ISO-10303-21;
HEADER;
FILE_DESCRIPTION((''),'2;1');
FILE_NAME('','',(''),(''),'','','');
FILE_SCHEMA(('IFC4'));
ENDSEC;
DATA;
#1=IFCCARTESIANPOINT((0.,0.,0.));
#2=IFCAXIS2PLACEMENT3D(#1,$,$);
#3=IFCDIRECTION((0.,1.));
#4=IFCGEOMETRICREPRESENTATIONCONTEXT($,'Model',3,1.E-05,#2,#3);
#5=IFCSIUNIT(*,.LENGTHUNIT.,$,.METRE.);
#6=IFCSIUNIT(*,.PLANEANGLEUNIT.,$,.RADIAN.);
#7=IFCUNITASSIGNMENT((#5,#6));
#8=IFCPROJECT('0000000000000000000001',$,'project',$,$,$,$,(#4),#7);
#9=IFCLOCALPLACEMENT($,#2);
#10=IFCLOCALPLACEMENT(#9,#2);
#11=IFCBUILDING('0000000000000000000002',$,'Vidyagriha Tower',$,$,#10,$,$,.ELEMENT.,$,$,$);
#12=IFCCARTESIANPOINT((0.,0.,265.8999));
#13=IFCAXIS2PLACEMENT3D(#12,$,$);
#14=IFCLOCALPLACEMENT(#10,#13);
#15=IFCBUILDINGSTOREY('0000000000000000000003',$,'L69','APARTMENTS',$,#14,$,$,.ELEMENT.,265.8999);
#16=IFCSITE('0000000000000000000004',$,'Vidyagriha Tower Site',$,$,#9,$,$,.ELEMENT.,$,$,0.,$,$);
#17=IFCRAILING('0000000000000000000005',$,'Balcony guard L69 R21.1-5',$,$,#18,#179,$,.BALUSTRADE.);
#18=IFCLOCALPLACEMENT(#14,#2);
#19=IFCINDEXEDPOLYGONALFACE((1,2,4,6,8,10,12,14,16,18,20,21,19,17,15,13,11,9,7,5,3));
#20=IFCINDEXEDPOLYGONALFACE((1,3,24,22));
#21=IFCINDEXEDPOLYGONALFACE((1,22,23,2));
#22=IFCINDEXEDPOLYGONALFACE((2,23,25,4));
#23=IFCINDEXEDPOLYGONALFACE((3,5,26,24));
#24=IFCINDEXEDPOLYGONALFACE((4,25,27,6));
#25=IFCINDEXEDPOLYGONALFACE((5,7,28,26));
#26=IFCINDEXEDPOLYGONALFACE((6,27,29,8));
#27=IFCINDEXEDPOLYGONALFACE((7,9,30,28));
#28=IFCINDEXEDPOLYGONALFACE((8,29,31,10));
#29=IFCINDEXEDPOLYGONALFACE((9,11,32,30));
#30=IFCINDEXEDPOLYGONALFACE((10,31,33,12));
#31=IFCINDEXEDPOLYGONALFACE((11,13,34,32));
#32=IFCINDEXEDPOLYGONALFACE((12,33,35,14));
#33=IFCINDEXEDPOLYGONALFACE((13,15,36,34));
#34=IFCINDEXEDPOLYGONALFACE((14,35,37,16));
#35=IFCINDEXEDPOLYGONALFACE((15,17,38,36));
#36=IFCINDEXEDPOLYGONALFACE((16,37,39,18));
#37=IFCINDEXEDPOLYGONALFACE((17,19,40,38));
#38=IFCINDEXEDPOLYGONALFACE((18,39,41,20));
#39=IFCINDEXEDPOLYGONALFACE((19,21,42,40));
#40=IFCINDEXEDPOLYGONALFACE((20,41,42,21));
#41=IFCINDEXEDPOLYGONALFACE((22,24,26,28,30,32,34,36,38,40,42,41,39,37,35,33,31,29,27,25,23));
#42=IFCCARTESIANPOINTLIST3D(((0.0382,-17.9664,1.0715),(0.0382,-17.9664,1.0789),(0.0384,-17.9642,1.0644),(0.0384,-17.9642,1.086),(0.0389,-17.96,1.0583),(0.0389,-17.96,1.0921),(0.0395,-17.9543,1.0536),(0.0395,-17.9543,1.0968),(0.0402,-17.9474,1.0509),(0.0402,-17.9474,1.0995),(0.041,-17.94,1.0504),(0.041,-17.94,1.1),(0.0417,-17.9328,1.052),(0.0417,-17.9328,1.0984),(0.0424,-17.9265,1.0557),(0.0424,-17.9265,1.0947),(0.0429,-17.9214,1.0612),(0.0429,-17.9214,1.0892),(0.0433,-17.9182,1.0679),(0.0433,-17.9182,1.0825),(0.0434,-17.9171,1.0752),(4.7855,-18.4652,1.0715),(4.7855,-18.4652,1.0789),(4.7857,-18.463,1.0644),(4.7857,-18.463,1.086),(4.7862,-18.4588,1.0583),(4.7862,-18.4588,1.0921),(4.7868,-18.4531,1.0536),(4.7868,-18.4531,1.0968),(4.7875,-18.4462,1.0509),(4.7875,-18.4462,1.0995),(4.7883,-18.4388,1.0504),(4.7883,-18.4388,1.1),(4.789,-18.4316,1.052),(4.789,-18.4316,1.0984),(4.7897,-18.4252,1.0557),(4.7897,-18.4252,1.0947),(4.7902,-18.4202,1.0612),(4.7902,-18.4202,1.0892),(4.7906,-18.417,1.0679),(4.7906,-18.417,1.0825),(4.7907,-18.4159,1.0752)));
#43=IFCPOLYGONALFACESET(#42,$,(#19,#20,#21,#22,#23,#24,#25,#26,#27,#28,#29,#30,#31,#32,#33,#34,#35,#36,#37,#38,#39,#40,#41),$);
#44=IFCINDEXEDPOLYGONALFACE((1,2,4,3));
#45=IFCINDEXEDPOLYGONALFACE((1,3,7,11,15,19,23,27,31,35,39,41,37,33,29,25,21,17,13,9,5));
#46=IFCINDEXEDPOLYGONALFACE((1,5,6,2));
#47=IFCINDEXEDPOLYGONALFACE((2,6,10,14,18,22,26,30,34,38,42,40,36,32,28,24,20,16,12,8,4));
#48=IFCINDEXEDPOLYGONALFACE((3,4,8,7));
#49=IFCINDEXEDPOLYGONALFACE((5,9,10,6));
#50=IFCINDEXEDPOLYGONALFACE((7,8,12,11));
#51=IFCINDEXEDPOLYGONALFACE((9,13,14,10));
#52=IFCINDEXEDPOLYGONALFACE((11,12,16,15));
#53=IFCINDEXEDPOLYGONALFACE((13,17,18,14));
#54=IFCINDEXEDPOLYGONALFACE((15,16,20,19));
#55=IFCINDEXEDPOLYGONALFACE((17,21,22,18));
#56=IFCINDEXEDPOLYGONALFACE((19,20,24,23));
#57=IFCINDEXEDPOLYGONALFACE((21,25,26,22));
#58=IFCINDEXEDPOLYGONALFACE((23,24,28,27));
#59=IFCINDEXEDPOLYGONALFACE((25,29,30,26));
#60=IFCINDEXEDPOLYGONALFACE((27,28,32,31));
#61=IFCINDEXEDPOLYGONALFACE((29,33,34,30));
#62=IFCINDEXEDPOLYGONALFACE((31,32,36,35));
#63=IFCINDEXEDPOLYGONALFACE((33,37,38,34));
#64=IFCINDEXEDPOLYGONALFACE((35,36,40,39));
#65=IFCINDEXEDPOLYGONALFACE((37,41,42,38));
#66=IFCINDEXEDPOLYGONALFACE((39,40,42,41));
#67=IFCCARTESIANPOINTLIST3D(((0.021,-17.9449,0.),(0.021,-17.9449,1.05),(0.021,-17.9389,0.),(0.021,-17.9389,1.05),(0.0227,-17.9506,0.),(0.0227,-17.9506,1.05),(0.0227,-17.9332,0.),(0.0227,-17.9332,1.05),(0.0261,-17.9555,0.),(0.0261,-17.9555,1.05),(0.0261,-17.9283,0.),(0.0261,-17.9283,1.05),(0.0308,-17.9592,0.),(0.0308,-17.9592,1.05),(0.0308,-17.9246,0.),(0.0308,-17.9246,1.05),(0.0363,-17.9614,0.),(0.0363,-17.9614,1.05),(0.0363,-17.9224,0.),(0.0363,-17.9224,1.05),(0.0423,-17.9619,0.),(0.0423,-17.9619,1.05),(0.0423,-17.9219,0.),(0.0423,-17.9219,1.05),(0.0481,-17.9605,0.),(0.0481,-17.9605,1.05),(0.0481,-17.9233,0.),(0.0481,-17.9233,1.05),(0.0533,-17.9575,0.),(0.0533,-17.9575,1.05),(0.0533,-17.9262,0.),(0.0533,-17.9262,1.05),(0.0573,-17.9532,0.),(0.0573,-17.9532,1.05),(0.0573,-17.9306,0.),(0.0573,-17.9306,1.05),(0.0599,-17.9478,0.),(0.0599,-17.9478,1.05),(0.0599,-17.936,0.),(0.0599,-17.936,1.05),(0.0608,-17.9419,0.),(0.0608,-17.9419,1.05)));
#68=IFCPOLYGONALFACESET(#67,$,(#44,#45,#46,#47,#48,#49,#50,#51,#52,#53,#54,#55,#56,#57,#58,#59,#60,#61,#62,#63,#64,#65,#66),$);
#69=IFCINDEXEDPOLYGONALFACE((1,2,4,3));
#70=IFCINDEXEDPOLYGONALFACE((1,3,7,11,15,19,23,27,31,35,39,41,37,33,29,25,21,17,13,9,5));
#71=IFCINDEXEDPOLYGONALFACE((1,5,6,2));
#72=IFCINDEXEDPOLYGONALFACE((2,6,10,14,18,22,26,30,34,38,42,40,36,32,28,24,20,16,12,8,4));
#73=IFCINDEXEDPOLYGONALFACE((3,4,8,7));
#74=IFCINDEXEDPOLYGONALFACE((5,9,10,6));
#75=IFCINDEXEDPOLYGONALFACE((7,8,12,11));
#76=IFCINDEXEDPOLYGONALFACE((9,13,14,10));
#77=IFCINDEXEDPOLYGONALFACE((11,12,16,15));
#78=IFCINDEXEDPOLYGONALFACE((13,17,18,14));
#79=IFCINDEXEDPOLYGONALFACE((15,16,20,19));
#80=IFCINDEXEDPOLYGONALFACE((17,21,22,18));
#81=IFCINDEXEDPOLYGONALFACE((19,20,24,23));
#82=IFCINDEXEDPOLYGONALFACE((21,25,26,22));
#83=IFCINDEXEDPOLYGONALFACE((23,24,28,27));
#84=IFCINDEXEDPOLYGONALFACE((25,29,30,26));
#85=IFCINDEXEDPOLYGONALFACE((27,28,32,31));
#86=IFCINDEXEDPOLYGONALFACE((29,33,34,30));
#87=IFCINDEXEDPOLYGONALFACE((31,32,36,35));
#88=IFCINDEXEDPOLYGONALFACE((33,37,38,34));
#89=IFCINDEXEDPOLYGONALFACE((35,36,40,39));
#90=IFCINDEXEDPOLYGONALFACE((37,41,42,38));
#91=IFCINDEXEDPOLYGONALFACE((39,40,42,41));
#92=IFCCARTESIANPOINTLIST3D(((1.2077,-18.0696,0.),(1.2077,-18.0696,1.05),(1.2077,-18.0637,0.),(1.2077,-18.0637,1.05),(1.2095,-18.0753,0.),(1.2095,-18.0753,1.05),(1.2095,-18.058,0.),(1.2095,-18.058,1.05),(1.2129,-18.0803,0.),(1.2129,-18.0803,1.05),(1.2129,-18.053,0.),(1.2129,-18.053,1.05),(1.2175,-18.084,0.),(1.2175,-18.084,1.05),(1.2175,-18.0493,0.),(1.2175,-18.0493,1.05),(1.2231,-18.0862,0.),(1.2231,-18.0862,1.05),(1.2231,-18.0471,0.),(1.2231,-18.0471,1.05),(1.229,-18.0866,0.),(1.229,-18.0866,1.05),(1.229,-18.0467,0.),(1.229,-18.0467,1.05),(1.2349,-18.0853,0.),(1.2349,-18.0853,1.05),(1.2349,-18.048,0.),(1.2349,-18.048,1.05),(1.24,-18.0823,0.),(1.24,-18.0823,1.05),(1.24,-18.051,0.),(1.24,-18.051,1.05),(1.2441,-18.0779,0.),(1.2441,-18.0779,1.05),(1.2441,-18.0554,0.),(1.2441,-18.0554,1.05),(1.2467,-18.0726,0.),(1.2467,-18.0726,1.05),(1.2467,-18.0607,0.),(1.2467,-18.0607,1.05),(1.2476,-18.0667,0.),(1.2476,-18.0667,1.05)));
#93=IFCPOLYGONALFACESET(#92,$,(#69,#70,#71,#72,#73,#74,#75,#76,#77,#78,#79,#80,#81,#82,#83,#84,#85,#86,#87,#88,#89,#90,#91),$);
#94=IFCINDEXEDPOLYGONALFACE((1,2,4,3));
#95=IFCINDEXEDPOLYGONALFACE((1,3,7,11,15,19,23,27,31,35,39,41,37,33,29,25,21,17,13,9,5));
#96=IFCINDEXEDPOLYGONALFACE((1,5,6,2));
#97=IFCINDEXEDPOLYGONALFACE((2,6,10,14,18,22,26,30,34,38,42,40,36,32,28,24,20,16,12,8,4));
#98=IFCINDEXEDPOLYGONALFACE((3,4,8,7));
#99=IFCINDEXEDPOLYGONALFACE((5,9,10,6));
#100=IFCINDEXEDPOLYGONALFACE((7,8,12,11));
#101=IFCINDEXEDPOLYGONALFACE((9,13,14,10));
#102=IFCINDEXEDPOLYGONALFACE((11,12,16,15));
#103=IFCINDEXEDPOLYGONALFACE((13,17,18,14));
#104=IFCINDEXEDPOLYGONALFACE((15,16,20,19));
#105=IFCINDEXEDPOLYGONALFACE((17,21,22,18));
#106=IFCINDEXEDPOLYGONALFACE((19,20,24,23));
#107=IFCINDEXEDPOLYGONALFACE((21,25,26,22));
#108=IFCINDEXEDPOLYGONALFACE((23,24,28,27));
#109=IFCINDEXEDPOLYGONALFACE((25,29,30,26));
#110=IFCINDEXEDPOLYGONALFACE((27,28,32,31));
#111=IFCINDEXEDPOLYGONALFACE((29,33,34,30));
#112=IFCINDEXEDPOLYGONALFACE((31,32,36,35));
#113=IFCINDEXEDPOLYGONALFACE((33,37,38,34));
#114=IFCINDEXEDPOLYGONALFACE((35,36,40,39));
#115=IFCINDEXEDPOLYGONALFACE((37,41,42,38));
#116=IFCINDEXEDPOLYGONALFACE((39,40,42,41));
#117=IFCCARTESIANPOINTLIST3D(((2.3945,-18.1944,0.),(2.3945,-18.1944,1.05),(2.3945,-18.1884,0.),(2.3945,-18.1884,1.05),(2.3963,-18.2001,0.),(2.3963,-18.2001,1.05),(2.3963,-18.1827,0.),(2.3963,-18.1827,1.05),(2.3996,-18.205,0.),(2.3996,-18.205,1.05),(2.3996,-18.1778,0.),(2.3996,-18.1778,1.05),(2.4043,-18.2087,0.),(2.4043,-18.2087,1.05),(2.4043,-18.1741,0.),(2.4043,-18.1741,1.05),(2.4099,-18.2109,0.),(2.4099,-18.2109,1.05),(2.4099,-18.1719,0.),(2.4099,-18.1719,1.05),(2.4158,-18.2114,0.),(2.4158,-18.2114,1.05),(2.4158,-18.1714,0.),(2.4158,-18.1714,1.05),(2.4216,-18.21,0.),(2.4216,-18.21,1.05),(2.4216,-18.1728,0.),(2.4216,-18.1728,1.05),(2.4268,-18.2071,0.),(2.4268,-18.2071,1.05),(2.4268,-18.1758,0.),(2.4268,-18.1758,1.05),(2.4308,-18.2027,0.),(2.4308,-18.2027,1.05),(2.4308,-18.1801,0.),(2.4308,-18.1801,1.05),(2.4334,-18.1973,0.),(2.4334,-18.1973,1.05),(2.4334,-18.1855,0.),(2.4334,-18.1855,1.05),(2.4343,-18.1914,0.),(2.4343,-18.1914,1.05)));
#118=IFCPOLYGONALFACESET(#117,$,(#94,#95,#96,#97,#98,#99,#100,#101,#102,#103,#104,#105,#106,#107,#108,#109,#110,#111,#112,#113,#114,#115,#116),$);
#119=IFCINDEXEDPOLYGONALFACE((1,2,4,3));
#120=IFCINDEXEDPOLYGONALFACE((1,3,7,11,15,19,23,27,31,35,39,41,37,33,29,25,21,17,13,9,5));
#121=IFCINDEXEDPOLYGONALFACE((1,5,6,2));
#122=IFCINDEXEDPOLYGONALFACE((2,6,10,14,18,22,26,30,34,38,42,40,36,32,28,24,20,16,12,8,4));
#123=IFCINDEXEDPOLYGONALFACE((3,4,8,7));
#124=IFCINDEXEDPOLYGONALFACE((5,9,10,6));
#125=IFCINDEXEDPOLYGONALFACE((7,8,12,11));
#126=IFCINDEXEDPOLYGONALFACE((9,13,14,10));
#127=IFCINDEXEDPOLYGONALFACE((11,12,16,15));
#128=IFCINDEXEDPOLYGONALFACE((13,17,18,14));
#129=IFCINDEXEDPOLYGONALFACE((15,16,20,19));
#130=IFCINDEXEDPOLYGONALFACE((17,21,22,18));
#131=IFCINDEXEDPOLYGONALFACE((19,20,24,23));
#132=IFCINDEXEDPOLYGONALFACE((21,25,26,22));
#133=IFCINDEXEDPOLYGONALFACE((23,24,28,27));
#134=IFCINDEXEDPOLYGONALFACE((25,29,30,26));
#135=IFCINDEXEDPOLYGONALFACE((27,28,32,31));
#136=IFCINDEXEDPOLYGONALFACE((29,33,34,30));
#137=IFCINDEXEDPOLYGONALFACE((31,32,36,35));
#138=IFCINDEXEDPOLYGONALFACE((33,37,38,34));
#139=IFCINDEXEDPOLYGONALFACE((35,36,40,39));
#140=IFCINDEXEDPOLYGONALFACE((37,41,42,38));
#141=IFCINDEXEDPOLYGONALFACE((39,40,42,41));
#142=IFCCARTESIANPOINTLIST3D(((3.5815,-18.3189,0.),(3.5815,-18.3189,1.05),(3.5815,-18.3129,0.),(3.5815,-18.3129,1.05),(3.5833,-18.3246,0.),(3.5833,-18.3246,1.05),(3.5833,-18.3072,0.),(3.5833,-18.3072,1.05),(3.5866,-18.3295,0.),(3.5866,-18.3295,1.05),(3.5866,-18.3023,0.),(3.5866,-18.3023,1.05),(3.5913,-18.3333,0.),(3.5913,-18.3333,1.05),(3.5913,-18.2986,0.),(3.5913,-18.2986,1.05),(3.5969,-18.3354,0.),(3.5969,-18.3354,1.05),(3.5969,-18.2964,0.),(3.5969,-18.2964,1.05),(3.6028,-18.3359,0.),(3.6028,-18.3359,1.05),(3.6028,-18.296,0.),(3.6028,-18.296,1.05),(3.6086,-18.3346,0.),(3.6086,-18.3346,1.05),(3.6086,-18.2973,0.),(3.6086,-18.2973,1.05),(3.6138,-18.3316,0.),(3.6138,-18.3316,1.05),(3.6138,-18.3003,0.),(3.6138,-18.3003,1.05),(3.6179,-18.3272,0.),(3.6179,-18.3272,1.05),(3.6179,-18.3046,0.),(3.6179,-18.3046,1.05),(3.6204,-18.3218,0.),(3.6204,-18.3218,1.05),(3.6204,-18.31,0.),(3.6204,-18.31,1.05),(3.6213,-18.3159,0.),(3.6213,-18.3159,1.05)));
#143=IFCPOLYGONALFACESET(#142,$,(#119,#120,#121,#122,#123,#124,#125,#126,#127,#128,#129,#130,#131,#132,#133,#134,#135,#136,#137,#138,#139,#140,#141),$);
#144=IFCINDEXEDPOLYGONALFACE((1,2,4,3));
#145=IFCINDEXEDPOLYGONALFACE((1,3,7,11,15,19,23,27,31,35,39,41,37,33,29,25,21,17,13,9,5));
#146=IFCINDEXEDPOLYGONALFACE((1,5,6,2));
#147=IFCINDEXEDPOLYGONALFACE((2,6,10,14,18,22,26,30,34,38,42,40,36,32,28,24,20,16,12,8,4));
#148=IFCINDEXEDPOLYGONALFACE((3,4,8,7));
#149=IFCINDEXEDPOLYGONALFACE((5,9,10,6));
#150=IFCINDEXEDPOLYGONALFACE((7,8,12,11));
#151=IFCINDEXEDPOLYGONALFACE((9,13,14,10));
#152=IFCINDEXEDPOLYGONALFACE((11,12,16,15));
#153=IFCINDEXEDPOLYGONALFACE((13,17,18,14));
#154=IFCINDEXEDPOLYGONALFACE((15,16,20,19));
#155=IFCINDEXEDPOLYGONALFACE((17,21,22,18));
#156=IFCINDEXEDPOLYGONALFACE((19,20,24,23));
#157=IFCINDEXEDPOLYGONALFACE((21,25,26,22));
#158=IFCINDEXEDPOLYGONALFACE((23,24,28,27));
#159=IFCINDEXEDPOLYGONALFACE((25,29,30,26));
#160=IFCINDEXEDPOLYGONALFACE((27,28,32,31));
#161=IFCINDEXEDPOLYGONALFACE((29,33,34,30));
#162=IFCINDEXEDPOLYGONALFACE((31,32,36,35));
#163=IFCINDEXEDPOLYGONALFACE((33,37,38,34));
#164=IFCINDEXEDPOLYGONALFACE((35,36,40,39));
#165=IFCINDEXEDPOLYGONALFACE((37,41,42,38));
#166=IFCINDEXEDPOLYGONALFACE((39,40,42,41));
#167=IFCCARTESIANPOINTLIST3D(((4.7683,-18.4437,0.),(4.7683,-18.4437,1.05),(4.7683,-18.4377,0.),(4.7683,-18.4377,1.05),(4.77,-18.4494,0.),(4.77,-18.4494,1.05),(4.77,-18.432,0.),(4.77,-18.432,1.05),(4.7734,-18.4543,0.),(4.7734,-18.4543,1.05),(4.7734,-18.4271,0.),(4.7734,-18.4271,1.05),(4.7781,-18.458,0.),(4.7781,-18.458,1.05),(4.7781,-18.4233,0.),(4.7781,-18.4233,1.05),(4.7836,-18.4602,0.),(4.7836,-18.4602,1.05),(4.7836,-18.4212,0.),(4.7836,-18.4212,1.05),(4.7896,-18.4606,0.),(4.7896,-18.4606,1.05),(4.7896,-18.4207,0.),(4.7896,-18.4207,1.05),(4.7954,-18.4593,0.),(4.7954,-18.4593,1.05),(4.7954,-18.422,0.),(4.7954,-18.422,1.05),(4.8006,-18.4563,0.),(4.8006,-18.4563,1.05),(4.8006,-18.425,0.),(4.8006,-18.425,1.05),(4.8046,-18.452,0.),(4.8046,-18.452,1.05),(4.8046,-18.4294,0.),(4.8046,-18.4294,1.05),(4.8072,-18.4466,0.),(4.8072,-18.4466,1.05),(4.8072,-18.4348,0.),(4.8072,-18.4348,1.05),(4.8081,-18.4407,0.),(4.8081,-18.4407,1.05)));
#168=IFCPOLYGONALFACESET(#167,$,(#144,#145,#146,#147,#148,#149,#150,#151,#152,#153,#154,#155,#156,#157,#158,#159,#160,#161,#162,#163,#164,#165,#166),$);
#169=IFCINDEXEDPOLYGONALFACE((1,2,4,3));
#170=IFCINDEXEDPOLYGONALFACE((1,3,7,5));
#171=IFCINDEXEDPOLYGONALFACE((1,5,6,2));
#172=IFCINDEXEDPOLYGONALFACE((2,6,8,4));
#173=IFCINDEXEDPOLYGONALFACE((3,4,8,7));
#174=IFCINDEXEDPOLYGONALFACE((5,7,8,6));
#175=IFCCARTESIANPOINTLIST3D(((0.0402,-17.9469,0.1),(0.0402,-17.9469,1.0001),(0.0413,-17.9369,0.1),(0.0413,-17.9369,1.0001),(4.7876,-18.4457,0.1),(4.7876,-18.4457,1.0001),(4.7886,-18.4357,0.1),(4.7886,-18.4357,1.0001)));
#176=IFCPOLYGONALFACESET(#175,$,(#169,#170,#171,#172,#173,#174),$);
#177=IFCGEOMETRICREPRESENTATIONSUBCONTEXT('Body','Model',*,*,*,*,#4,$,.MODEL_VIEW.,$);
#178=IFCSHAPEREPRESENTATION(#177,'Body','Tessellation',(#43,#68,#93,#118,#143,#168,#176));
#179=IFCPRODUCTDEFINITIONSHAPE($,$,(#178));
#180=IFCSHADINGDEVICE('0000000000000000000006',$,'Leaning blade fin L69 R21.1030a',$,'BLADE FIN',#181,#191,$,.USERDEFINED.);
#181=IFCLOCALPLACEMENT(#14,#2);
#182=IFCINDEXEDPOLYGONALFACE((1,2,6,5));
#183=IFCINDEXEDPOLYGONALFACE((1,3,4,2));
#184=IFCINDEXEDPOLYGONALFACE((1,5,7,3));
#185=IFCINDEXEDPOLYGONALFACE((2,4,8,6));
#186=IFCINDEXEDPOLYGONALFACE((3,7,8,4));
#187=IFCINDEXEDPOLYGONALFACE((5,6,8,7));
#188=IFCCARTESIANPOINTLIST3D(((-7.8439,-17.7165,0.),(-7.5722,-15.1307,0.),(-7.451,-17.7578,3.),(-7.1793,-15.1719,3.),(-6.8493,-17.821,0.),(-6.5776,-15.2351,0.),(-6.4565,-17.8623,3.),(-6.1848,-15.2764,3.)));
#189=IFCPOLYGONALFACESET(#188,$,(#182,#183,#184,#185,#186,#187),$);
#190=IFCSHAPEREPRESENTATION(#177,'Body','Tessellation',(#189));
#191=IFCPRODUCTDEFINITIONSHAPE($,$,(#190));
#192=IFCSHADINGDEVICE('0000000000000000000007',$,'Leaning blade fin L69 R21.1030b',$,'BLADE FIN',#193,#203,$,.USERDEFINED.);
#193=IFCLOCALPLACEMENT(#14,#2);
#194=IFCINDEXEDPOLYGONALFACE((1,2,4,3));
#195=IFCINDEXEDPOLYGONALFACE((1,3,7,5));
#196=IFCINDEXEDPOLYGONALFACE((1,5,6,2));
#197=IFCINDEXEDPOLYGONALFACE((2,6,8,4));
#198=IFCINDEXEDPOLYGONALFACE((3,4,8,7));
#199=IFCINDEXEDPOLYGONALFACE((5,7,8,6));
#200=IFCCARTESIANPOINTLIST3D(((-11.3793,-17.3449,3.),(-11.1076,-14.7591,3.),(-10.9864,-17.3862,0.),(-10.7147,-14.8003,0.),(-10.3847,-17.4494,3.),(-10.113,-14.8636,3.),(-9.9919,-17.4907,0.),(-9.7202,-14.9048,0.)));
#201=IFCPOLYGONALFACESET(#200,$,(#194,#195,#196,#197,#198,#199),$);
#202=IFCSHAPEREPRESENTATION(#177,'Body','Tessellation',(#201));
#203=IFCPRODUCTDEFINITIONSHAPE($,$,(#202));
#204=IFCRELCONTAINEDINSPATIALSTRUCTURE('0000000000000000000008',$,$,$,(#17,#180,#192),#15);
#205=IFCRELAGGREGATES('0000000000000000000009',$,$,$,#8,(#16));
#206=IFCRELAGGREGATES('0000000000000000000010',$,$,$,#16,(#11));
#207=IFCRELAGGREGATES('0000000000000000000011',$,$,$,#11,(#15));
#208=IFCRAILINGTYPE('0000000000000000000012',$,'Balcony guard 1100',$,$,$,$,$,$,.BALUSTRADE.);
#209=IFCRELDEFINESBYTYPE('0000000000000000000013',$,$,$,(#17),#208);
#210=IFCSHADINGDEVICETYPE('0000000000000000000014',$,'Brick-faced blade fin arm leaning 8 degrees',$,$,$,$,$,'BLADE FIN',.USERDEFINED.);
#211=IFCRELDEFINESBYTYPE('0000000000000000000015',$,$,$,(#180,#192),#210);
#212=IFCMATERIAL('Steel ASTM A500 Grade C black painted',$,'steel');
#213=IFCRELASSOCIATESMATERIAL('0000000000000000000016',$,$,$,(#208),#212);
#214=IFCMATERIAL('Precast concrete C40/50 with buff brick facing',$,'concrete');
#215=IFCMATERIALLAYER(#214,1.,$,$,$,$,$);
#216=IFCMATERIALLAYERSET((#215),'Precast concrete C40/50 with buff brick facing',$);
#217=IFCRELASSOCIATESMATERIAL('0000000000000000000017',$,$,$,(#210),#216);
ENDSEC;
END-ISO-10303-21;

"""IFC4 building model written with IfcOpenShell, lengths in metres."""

from ifc_helpers import new_model, si_unit, direction, frame, origin, origin_2d, place, context, subcontext, project, spatial, polyline, rectangle, circle, outline, extrude, material, layer, layer_set, type_object, element, save


model = new_model("IFC4")

# Units and contexts
model_context = context("Model", 3, precision=1e-05, world=origin(), true_north=direction((0.0, 1.0)))
body_context = subcontext(model_context, "Body", "Model", "MODEL_VIEW")
ifc_project = project(units=[si_unit("LENGTHUNIT", "METRE"), si_unit("PLANEANGLEUNIT", "RADIAN")], contexts=[model_context])

# Site, building, storey
site_placement = place(None, origin())
site = spatial("IfcSite", under=ifc_project, at=site_placement, Name="Vidyagriha Tower Site", CompositionType="ELEMENT", RefElevation=0.0)
building_placement = place(site_placement, origin())
building = spatial("IfcBuilding", under=site, at=building_placement, Name="Vidyagriha Tower", CompositionType="ELEMENT")
storey_placement = place(building_placement, frame((0.0, 0.0, 265.8999)))
storey = spatial("IfcBuildingStorey", under=building, at=storey_placement, Name="L69", Description="APARTMENTS", CompositionType="ELEMENT", Elevation=265.8999)

# Railing
ifc_material_1 = material(Name="Steel ASTM A500 Grade C black painted", Category="steel")
railing_type = type_object("IfcRailingType", Name="Balcony guard 1100", PredefinedType="BALUSTRADE", material=ifc_material_1)
railing_1_placement = place(storey_placement, frame((0.0408, -17.9419, 0.0)))
element("IfcRailing", 1, at=railing_1_placement, inside=storey, type_object=railing_type, Name="Balcony guard L69 R21.1-5", PredefinedType="BALUSTRADE", context=body_context, shape_type="SweptSolid", body=[
    extrude(circle(Radius=0.0249, at=origin_2d()), frame((0.0, 0.0, 1.0752), z_axis=(0.994526, -0.10449, 0.0), x_axis=(0.10449, 0.994526, 0.0)), (0.0, 0.0, 1.0), 4.7734),
    extrude(circle(Radius=0.02, at=origin_2d()), origin(), (0.0, 0.0, 1.0), 1.05),
    extrude(circle(Radius=0.02, at=origin_2d()), frame((1.1868, -0.1248, 0.0)), (0.0, 0.0, 1.0), 1.05),
    extrude(circle(Radius=0.02, at=origin_2d()), frame((2.3735, -0.2495, 0.0)), (0.0, 0.0, 1.0), 1.05),
    extrude(circle(Radius=0.02, at=origin_2d()), frame((3.5605, -0.374, 0.0)), (0.0, 0.0, 1.0), 1.05),
    extrude(circle(Radius=0.02, at=origin_2d()), frame((4.7473, -0.4988, 0.0)), (0.0, 0.0, 1.0), 1.05),
    extrude(rectangle(XDim=0.01, YDim=0.9001, at=origin_2d()), frame((0.0, 0.0, 0.55), z_axis=(0.994526, -0.10449, 0.0), x_axis=(0.10449, 0.994526, 0.0)), (0.0, 0.0, 1.0), 4.7734),
])

# Shading devices
ifc_material_2 = material(Name="Precast concrete C40/50 with buff brick facing", Category="concrete")
ifc_layer_1 = layer(ifc_material_2, 1.0)
ifc_layer_set_1 = layer_set([ifc_layer_1], Name="Precast concrete C40/50 with buff brick facing")
shading_device_type_1 = type_object("IfcShadingDeviceType", Name="Brick-faced blade fin arm leaning 8 degrees", ElementType="BLADE FIN", PredefinedType="USERDEFINED", material=ifc_layer_set_1)
shading_device_1_placement = place(storey_placement, frame((-7.708, -16.4236, 0.0), z_axis=(0.0, 0.0, 1.0), x_axis=(0.994526, -0.104493, 0.0)))
element("IfcShadingDevice", 2, at=shading_device_1_placement, inside=storey, type_object=shading_device_type_1, Name="Leaning blade fin L69 R21.1030a", ObjectType="BLADE FIN", PredefinedType="USERDEFINED", context=body_context, shape_type="SweptSolid", body=[
    extrude(outline(polyline([(0.0, 0.0), (1.0, 0.0), (1.395, 3.0), (0.395, 3.0), (0.0, 0.0)])), frame((0.0, 1.3, 0.0), z_axis=(0.0, -1.0, 0.0), x_axis=(1.0, 0.0, 0.0)), (0.0, 0.0, 1.0), 2.6001),
])
shading_device_2_placement = place(storey_placement, frame((-11.2434, -16.052, 0.0), z_axis=(0.0, 0.0, 1.0), x_axis=(0.994526, -0.104493, 0.0)))
element("IfcShadingDevice", 3, at=shading_device_2_placement, inside=storey, type_object=shading_device_type_1, Name="Leaning blade fin L69 R21.1030b", ObjectType="BLADE FIN", PredefinedType="USERDEFINED", context=body_context, shape_type="SweptSolid", body=[
    extrude(outline(polyline([(0.395, 0.0), (1.395, 0.0), (1.0, 3.0), (0.0, 3.0), (0.395, 0.0)])), frame((0.0, 1.3, 0.0), z_axis=(0.0, -1.0, 0.0), x_axis=(1.0, 0.0, 0.0)), (0.0, 0.0, 1.0), 2.6001),
])

save(model, "model.ifc")
